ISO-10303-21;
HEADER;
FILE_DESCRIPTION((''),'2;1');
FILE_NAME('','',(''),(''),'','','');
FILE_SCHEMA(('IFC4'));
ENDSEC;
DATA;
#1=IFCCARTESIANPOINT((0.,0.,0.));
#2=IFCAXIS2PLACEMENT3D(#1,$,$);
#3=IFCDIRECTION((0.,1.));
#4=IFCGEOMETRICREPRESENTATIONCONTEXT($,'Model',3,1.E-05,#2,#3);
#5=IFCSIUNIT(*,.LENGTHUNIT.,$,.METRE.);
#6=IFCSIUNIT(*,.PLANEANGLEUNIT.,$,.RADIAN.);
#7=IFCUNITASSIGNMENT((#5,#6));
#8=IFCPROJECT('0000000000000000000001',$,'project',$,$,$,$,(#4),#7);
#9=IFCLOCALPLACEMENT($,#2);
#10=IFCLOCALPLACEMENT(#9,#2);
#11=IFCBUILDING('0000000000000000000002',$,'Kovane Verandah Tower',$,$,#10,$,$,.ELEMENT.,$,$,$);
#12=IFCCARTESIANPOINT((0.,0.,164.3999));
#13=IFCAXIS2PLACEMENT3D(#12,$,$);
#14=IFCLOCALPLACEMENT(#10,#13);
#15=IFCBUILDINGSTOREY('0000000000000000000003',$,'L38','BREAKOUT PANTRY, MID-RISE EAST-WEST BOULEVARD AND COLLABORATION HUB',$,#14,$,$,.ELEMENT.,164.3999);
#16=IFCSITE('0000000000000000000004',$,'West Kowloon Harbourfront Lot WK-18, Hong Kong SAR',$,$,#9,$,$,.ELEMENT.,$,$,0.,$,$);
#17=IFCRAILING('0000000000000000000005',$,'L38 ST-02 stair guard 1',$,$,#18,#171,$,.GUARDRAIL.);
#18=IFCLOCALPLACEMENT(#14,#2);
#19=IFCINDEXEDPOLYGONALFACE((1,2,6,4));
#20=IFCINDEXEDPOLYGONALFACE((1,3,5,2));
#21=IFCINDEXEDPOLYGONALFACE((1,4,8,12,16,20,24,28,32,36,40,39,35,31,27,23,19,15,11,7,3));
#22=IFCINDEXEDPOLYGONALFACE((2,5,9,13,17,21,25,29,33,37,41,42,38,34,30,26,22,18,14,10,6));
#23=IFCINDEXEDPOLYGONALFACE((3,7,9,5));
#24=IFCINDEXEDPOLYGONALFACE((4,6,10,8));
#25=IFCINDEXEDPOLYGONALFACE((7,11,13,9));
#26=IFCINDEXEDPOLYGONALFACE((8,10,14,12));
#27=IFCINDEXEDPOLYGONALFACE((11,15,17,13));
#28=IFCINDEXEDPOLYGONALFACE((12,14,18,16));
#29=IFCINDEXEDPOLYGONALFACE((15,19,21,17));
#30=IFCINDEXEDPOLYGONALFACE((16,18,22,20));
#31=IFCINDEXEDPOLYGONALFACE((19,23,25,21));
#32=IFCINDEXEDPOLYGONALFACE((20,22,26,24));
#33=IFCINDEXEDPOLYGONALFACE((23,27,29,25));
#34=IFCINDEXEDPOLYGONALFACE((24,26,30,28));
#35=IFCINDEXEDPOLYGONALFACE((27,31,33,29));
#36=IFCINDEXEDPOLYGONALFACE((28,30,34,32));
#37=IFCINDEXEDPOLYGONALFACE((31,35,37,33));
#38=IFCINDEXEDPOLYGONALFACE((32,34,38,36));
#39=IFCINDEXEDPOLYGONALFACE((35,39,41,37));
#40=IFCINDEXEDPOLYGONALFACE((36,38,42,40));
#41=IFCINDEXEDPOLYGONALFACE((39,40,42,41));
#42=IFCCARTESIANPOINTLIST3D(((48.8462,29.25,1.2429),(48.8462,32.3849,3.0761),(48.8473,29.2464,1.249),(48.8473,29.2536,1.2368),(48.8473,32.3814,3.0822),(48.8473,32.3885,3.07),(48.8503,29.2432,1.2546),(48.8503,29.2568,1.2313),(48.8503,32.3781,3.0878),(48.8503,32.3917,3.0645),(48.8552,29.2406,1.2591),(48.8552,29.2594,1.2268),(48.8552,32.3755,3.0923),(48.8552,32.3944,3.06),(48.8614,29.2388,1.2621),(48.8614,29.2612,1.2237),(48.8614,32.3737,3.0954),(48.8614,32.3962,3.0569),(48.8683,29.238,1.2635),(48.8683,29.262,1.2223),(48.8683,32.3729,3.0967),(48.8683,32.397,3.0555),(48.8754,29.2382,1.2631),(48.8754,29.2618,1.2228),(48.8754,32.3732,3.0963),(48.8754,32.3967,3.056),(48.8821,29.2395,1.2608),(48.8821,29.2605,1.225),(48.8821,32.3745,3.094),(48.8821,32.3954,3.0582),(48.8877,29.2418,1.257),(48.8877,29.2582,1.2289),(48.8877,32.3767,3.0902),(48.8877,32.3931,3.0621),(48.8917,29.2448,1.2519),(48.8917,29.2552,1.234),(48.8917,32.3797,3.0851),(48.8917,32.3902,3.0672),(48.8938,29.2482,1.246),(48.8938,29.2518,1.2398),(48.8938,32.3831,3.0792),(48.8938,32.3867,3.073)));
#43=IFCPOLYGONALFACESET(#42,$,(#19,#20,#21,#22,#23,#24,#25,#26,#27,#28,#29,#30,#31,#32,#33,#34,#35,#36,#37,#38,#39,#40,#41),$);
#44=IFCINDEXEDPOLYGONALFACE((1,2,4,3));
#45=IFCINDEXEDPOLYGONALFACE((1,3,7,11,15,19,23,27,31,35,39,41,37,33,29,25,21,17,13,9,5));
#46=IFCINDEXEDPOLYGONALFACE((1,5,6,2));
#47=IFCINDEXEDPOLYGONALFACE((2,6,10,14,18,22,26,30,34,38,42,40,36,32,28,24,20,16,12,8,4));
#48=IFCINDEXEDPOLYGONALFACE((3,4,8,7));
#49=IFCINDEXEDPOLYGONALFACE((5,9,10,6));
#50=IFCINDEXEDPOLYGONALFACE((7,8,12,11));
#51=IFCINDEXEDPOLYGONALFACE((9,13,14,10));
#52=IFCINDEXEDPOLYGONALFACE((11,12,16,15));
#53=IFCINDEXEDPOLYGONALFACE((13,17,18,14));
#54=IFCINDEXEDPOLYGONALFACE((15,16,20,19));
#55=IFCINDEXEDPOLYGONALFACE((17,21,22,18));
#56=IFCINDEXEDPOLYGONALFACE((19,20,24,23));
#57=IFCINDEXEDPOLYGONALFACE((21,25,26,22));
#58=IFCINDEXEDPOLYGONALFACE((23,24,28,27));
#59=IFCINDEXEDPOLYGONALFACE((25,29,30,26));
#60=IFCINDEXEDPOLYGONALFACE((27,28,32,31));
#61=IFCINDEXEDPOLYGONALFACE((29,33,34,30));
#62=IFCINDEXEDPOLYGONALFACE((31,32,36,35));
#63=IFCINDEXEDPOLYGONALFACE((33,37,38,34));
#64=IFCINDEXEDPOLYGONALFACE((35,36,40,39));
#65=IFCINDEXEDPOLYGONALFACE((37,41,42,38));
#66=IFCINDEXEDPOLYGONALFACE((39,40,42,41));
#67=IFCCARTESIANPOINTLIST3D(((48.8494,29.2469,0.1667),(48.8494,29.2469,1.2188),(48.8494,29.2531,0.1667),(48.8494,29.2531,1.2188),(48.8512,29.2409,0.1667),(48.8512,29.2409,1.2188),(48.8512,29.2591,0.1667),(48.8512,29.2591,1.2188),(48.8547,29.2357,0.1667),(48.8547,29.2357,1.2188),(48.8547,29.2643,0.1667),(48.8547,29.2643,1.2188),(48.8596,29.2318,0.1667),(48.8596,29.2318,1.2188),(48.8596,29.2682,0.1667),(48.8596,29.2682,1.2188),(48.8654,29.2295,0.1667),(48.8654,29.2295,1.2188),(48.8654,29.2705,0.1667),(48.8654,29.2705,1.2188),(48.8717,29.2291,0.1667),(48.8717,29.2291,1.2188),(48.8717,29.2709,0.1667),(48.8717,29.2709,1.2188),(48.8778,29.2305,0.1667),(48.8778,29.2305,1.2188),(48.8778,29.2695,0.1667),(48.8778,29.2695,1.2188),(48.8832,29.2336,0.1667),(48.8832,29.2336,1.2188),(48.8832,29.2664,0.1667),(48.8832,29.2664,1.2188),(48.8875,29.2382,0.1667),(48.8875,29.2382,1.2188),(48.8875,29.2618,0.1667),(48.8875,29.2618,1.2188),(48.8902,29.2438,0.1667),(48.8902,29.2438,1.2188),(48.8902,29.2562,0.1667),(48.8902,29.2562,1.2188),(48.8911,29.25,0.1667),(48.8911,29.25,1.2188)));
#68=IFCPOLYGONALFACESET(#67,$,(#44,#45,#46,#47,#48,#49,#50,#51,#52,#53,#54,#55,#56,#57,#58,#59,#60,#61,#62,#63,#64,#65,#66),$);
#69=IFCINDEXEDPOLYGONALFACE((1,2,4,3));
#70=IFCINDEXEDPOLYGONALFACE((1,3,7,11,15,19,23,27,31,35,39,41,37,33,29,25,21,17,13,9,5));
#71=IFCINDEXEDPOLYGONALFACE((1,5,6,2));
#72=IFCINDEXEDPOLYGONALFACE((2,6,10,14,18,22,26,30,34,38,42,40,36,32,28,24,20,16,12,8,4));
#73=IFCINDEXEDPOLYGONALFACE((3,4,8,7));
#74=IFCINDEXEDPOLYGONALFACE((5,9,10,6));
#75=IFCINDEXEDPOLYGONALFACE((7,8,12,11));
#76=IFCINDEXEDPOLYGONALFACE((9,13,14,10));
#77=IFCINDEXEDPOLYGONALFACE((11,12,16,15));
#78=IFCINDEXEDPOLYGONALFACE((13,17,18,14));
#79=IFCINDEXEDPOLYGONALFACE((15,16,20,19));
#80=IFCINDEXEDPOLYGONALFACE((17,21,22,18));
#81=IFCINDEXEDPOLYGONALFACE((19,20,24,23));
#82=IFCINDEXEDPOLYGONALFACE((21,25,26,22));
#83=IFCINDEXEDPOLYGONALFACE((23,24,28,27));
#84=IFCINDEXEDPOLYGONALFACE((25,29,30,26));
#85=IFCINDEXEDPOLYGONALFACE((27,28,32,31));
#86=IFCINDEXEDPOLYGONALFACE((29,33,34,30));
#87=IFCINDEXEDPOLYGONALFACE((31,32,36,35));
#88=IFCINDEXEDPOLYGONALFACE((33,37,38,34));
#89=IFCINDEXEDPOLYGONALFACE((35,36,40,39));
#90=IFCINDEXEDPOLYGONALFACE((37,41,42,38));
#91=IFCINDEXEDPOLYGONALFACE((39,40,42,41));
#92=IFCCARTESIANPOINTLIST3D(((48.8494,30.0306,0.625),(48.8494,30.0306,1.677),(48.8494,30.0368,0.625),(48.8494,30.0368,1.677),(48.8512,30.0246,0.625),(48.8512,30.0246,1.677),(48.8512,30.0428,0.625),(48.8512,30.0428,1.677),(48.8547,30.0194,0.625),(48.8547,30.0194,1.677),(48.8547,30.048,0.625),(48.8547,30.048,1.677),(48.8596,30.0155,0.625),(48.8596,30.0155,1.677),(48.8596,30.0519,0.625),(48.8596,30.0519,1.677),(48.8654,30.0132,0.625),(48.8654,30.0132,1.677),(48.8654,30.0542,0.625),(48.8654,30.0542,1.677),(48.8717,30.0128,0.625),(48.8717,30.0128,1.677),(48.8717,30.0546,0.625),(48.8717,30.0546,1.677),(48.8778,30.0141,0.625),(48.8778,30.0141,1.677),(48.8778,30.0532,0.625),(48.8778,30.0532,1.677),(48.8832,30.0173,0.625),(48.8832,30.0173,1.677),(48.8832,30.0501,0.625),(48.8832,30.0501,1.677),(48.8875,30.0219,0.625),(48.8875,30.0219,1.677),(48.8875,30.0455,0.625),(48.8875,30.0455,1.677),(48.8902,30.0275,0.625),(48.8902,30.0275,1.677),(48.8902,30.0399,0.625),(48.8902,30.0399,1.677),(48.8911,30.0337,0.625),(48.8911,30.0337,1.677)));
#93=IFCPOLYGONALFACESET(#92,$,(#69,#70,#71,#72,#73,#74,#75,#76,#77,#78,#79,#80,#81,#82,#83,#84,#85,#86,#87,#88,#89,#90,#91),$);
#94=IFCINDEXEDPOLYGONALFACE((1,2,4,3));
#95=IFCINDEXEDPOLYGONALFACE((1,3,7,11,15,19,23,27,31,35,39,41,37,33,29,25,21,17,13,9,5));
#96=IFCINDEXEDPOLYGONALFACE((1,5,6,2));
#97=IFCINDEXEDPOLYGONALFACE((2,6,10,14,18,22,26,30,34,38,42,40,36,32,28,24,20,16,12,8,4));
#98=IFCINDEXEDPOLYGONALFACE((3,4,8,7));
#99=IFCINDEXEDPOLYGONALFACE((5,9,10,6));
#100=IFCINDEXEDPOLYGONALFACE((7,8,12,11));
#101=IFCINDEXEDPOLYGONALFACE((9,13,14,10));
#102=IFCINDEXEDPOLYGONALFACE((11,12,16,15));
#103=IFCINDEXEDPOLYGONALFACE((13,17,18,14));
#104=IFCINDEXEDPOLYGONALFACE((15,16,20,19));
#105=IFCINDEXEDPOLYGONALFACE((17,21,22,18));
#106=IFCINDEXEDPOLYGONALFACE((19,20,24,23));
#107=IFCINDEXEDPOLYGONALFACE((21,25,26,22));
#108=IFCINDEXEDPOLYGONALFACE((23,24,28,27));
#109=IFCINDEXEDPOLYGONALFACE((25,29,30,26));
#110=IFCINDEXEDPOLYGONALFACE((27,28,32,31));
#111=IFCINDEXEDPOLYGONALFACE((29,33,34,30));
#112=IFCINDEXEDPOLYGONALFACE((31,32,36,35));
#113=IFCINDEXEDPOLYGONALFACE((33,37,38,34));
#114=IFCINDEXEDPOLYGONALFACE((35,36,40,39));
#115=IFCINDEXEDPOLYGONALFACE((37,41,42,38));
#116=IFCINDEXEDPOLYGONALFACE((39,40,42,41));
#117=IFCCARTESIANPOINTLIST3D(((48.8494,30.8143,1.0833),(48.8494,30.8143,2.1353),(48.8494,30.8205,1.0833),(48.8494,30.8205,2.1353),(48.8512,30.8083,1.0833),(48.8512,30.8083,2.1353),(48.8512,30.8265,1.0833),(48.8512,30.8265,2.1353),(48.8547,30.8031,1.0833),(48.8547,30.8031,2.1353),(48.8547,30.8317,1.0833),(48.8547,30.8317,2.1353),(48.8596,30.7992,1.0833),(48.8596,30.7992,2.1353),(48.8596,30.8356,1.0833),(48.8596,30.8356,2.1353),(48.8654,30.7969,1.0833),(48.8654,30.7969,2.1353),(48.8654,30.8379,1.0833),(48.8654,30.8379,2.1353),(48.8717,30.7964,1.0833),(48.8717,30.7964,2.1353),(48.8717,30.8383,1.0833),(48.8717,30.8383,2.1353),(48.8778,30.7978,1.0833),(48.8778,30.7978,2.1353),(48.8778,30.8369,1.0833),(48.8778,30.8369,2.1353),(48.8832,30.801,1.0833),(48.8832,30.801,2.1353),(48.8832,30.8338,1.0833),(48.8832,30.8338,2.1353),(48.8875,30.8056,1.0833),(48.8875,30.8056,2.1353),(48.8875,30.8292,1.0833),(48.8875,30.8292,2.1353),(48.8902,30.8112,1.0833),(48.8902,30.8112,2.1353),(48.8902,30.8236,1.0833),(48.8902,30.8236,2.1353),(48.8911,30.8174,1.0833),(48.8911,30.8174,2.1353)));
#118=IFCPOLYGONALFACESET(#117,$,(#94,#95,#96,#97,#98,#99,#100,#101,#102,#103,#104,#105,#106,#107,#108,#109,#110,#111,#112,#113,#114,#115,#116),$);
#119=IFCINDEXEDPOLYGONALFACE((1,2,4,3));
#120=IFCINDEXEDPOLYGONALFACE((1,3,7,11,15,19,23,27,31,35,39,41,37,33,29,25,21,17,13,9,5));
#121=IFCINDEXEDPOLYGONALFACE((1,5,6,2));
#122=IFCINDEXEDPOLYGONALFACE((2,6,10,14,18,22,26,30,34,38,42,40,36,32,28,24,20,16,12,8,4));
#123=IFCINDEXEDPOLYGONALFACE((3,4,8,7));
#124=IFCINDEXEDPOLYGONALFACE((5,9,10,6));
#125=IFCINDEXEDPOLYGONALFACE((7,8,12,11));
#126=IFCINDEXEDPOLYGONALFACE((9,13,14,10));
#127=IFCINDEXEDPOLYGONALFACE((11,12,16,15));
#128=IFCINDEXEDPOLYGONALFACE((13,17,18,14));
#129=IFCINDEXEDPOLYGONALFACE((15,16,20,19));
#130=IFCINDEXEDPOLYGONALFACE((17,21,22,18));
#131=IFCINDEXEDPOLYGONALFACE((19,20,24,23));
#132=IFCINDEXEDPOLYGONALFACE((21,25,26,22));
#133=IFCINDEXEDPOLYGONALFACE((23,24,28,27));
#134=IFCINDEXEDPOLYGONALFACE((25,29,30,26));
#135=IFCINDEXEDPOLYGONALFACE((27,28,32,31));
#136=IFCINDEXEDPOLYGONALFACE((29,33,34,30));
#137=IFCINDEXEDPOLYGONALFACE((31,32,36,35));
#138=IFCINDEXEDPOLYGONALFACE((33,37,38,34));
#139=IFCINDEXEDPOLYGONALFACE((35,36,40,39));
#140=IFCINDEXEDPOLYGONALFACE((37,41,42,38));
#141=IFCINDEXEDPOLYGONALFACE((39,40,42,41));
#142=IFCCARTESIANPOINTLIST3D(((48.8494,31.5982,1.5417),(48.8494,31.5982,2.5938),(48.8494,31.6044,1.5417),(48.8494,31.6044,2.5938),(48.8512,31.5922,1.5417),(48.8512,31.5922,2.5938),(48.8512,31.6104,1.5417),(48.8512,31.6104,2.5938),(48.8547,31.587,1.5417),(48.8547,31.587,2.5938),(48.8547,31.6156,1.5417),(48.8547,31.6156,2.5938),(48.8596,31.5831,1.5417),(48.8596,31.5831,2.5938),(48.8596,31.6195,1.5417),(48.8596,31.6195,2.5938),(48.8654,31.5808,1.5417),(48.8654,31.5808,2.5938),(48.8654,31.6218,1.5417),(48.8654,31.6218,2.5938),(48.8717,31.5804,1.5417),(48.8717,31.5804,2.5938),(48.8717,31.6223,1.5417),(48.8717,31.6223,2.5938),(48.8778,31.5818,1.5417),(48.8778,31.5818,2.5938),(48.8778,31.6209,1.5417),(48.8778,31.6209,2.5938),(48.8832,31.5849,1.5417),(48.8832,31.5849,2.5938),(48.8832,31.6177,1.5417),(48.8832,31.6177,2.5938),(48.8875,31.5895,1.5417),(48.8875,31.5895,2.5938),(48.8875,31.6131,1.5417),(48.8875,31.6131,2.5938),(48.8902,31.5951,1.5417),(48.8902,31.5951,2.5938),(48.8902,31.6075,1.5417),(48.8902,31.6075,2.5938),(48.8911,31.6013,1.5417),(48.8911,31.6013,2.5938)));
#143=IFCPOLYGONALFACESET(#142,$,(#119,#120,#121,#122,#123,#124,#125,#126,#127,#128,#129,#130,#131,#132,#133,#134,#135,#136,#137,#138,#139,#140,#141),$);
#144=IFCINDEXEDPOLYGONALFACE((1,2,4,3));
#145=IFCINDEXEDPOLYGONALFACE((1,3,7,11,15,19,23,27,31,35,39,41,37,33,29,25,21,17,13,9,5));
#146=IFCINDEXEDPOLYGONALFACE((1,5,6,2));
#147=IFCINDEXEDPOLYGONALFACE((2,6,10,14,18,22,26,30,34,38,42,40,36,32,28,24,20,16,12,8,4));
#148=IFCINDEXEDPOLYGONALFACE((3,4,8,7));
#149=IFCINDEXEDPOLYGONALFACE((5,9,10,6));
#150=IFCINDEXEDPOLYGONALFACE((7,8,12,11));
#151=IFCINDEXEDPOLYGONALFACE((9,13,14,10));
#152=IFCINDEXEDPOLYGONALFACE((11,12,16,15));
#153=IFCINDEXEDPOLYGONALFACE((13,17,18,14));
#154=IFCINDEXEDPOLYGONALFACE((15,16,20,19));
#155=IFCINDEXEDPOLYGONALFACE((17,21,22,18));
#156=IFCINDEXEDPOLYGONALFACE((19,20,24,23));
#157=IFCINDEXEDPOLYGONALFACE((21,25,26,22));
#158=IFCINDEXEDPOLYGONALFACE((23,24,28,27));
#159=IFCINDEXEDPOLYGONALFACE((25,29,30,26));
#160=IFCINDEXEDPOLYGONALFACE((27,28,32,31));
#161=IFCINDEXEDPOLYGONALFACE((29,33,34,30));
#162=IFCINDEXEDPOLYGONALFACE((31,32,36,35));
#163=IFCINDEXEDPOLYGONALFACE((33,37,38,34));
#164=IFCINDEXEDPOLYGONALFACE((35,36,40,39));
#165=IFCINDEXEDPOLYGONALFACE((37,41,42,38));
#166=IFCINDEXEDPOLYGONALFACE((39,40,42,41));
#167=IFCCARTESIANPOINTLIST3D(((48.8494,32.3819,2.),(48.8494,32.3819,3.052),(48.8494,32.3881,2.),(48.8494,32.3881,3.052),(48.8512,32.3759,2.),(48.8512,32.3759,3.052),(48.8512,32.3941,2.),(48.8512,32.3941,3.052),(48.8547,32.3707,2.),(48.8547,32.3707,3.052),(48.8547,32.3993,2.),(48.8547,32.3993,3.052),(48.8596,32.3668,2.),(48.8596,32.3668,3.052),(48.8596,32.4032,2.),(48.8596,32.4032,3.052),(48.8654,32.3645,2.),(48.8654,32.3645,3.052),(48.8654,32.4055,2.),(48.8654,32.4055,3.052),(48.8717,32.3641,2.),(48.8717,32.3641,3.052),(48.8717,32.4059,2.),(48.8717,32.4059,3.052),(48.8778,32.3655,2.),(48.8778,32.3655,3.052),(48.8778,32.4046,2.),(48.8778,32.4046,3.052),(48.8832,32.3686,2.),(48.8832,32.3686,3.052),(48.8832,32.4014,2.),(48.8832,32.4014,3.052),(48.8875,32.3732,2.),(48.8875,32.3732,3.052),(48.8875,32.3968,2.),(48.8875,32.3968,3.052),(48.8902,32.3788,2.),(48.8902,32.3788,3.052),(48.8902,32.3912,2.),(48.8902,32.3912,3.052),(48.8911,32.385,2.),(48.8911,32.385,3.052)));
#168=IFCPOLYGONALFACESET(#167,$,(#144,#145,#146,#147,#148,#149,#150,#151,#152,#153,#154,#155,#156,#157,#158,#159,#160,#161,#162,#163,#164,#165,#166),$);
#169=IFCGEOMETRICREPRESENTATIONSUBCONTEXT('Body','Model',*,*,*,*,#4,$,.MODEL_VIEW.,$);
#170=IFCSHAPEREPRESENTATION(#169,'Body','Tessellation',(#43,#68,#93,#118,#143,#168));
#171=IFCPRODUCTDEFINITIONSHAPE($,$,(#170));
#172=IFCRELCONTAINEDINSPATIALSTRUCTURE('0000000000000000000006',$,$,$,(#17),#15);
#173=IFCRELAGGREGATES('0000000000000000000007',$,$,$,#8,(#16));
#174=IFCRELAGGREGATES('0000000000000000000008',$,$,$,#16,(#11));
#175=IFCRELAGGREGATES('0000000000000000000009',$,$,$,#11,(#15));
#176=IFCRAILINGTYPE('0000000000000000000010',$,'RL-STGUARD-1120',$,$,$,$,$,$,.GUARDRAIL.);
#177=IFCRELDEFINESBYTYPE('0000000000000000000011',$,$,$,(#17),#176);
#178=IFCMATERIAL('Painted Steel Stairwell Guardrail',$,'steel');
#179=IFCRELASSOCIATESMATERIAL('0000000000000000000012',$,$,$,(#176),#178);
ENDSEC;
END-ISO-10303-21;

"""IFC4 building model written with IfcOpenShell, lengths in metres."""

from ifc_helpers import new_model, si_unit, direction, frame, origin, origin_2d, place, context, subcontext, project, spatial, circle, extrude, material, type_object, element, save


model = new_model("IFC4")

# Units and contexts
model_context = context("Model", 3, precision=1e-05, world=origin(), true_north=direction((0.0, 1.0)))
body_context = subcontext(model_context, "Body", "Model", "MODEL_VIEW")
ifc_project = project(units=[si_unit("LENGTHUNIT", "METRE"), si_unit("PLANEANGLEUNIT", "RADIAN")], contexts=[model_context])

# Site, building, storey
site_placement = place(None, origin())
site = spatial("IfcSite", under=ifc_project, at=site_placement, Name="West Kowloon Harbourfront Lot WK-18, Hong Kong SAR", CompositionType="ELEMENT", RefElevation=0.0)
building_placement = place(site_placement, origin())
building = spatial("IfcBuilding", under=site, at=building_placement, Name="Kovane Verandah Tower", CompositionType="ELEMENT")
storey_placement = place(building_placement, frame((0.0, 0.0, 164.3999)))
storey = spatial("IfcBuildingStorey", under=building, at=storey_placement, Name="L38", Description="BREAKOUT PANTRY, MID-RISE EAST-WEST BOULEVARD AND COLLABORATION HUB", CompositionType="ELEMENT", Elevation=164.3999)

# Railing
ifc_material_1 = material(Name="Painted Steel Stairwell Guardrail", Category="steel")
railing_type_1 = type_object("IfcRailingType", Name="RL-STGUARD-1120", PredefinedType="GUARDRAIL", material=ifc_material_1)
railing_1_placement = place(storey_placement, frame((48.8701, 29.25, 0.1667)))
element("IfcRailing", 1, at=railing_1_placement, inside=storey, type_object=railing_type_1, Name="L38 ST-02 stair guard 1", PredefinedType="GUARDRAIL", context=body_context, shape_type="SweptSolid", body=[
    extrude(circle(Radius=0.0239, at=origin_2d()), frame((0.0, 0.0, 1.0762), z_axis=(0.0, 0.86324, 0.504794), x_axis=(-1.0, 0.0, 0.0)), (0.0, 0.0, 1.0), 3.6316),
    extrude(circle(Radius=0.021, at=origin_2d()), origin(), (0.0, 0.0, 1.0), 1.052),
    extrude(circle(Radius=0.021, at=origin_2d()), frame((0.0, 0.7837, 0.4583)), (0.0, 0.0, 1.0), 1.052),
    extrude(circle(Radius=0.021, at=origin_2d()), frame((0.0, 1.5674, 0.9165)), (0.0, 0.0, 1.0), 1.052),
    extrude(circle(Radius=0.021, at=origin_2d()), frame((0.0, 2.3513, 1.375)), (0.0, 0.0, 1.0), 1.052),
    extrude(circle(Radius=0.021, at=origin_2d()), frame((0.0, 3.135, 1.8333)), (0.0, 0.0, 1.0), 1.052),
])

save(model, "model.ifc")
